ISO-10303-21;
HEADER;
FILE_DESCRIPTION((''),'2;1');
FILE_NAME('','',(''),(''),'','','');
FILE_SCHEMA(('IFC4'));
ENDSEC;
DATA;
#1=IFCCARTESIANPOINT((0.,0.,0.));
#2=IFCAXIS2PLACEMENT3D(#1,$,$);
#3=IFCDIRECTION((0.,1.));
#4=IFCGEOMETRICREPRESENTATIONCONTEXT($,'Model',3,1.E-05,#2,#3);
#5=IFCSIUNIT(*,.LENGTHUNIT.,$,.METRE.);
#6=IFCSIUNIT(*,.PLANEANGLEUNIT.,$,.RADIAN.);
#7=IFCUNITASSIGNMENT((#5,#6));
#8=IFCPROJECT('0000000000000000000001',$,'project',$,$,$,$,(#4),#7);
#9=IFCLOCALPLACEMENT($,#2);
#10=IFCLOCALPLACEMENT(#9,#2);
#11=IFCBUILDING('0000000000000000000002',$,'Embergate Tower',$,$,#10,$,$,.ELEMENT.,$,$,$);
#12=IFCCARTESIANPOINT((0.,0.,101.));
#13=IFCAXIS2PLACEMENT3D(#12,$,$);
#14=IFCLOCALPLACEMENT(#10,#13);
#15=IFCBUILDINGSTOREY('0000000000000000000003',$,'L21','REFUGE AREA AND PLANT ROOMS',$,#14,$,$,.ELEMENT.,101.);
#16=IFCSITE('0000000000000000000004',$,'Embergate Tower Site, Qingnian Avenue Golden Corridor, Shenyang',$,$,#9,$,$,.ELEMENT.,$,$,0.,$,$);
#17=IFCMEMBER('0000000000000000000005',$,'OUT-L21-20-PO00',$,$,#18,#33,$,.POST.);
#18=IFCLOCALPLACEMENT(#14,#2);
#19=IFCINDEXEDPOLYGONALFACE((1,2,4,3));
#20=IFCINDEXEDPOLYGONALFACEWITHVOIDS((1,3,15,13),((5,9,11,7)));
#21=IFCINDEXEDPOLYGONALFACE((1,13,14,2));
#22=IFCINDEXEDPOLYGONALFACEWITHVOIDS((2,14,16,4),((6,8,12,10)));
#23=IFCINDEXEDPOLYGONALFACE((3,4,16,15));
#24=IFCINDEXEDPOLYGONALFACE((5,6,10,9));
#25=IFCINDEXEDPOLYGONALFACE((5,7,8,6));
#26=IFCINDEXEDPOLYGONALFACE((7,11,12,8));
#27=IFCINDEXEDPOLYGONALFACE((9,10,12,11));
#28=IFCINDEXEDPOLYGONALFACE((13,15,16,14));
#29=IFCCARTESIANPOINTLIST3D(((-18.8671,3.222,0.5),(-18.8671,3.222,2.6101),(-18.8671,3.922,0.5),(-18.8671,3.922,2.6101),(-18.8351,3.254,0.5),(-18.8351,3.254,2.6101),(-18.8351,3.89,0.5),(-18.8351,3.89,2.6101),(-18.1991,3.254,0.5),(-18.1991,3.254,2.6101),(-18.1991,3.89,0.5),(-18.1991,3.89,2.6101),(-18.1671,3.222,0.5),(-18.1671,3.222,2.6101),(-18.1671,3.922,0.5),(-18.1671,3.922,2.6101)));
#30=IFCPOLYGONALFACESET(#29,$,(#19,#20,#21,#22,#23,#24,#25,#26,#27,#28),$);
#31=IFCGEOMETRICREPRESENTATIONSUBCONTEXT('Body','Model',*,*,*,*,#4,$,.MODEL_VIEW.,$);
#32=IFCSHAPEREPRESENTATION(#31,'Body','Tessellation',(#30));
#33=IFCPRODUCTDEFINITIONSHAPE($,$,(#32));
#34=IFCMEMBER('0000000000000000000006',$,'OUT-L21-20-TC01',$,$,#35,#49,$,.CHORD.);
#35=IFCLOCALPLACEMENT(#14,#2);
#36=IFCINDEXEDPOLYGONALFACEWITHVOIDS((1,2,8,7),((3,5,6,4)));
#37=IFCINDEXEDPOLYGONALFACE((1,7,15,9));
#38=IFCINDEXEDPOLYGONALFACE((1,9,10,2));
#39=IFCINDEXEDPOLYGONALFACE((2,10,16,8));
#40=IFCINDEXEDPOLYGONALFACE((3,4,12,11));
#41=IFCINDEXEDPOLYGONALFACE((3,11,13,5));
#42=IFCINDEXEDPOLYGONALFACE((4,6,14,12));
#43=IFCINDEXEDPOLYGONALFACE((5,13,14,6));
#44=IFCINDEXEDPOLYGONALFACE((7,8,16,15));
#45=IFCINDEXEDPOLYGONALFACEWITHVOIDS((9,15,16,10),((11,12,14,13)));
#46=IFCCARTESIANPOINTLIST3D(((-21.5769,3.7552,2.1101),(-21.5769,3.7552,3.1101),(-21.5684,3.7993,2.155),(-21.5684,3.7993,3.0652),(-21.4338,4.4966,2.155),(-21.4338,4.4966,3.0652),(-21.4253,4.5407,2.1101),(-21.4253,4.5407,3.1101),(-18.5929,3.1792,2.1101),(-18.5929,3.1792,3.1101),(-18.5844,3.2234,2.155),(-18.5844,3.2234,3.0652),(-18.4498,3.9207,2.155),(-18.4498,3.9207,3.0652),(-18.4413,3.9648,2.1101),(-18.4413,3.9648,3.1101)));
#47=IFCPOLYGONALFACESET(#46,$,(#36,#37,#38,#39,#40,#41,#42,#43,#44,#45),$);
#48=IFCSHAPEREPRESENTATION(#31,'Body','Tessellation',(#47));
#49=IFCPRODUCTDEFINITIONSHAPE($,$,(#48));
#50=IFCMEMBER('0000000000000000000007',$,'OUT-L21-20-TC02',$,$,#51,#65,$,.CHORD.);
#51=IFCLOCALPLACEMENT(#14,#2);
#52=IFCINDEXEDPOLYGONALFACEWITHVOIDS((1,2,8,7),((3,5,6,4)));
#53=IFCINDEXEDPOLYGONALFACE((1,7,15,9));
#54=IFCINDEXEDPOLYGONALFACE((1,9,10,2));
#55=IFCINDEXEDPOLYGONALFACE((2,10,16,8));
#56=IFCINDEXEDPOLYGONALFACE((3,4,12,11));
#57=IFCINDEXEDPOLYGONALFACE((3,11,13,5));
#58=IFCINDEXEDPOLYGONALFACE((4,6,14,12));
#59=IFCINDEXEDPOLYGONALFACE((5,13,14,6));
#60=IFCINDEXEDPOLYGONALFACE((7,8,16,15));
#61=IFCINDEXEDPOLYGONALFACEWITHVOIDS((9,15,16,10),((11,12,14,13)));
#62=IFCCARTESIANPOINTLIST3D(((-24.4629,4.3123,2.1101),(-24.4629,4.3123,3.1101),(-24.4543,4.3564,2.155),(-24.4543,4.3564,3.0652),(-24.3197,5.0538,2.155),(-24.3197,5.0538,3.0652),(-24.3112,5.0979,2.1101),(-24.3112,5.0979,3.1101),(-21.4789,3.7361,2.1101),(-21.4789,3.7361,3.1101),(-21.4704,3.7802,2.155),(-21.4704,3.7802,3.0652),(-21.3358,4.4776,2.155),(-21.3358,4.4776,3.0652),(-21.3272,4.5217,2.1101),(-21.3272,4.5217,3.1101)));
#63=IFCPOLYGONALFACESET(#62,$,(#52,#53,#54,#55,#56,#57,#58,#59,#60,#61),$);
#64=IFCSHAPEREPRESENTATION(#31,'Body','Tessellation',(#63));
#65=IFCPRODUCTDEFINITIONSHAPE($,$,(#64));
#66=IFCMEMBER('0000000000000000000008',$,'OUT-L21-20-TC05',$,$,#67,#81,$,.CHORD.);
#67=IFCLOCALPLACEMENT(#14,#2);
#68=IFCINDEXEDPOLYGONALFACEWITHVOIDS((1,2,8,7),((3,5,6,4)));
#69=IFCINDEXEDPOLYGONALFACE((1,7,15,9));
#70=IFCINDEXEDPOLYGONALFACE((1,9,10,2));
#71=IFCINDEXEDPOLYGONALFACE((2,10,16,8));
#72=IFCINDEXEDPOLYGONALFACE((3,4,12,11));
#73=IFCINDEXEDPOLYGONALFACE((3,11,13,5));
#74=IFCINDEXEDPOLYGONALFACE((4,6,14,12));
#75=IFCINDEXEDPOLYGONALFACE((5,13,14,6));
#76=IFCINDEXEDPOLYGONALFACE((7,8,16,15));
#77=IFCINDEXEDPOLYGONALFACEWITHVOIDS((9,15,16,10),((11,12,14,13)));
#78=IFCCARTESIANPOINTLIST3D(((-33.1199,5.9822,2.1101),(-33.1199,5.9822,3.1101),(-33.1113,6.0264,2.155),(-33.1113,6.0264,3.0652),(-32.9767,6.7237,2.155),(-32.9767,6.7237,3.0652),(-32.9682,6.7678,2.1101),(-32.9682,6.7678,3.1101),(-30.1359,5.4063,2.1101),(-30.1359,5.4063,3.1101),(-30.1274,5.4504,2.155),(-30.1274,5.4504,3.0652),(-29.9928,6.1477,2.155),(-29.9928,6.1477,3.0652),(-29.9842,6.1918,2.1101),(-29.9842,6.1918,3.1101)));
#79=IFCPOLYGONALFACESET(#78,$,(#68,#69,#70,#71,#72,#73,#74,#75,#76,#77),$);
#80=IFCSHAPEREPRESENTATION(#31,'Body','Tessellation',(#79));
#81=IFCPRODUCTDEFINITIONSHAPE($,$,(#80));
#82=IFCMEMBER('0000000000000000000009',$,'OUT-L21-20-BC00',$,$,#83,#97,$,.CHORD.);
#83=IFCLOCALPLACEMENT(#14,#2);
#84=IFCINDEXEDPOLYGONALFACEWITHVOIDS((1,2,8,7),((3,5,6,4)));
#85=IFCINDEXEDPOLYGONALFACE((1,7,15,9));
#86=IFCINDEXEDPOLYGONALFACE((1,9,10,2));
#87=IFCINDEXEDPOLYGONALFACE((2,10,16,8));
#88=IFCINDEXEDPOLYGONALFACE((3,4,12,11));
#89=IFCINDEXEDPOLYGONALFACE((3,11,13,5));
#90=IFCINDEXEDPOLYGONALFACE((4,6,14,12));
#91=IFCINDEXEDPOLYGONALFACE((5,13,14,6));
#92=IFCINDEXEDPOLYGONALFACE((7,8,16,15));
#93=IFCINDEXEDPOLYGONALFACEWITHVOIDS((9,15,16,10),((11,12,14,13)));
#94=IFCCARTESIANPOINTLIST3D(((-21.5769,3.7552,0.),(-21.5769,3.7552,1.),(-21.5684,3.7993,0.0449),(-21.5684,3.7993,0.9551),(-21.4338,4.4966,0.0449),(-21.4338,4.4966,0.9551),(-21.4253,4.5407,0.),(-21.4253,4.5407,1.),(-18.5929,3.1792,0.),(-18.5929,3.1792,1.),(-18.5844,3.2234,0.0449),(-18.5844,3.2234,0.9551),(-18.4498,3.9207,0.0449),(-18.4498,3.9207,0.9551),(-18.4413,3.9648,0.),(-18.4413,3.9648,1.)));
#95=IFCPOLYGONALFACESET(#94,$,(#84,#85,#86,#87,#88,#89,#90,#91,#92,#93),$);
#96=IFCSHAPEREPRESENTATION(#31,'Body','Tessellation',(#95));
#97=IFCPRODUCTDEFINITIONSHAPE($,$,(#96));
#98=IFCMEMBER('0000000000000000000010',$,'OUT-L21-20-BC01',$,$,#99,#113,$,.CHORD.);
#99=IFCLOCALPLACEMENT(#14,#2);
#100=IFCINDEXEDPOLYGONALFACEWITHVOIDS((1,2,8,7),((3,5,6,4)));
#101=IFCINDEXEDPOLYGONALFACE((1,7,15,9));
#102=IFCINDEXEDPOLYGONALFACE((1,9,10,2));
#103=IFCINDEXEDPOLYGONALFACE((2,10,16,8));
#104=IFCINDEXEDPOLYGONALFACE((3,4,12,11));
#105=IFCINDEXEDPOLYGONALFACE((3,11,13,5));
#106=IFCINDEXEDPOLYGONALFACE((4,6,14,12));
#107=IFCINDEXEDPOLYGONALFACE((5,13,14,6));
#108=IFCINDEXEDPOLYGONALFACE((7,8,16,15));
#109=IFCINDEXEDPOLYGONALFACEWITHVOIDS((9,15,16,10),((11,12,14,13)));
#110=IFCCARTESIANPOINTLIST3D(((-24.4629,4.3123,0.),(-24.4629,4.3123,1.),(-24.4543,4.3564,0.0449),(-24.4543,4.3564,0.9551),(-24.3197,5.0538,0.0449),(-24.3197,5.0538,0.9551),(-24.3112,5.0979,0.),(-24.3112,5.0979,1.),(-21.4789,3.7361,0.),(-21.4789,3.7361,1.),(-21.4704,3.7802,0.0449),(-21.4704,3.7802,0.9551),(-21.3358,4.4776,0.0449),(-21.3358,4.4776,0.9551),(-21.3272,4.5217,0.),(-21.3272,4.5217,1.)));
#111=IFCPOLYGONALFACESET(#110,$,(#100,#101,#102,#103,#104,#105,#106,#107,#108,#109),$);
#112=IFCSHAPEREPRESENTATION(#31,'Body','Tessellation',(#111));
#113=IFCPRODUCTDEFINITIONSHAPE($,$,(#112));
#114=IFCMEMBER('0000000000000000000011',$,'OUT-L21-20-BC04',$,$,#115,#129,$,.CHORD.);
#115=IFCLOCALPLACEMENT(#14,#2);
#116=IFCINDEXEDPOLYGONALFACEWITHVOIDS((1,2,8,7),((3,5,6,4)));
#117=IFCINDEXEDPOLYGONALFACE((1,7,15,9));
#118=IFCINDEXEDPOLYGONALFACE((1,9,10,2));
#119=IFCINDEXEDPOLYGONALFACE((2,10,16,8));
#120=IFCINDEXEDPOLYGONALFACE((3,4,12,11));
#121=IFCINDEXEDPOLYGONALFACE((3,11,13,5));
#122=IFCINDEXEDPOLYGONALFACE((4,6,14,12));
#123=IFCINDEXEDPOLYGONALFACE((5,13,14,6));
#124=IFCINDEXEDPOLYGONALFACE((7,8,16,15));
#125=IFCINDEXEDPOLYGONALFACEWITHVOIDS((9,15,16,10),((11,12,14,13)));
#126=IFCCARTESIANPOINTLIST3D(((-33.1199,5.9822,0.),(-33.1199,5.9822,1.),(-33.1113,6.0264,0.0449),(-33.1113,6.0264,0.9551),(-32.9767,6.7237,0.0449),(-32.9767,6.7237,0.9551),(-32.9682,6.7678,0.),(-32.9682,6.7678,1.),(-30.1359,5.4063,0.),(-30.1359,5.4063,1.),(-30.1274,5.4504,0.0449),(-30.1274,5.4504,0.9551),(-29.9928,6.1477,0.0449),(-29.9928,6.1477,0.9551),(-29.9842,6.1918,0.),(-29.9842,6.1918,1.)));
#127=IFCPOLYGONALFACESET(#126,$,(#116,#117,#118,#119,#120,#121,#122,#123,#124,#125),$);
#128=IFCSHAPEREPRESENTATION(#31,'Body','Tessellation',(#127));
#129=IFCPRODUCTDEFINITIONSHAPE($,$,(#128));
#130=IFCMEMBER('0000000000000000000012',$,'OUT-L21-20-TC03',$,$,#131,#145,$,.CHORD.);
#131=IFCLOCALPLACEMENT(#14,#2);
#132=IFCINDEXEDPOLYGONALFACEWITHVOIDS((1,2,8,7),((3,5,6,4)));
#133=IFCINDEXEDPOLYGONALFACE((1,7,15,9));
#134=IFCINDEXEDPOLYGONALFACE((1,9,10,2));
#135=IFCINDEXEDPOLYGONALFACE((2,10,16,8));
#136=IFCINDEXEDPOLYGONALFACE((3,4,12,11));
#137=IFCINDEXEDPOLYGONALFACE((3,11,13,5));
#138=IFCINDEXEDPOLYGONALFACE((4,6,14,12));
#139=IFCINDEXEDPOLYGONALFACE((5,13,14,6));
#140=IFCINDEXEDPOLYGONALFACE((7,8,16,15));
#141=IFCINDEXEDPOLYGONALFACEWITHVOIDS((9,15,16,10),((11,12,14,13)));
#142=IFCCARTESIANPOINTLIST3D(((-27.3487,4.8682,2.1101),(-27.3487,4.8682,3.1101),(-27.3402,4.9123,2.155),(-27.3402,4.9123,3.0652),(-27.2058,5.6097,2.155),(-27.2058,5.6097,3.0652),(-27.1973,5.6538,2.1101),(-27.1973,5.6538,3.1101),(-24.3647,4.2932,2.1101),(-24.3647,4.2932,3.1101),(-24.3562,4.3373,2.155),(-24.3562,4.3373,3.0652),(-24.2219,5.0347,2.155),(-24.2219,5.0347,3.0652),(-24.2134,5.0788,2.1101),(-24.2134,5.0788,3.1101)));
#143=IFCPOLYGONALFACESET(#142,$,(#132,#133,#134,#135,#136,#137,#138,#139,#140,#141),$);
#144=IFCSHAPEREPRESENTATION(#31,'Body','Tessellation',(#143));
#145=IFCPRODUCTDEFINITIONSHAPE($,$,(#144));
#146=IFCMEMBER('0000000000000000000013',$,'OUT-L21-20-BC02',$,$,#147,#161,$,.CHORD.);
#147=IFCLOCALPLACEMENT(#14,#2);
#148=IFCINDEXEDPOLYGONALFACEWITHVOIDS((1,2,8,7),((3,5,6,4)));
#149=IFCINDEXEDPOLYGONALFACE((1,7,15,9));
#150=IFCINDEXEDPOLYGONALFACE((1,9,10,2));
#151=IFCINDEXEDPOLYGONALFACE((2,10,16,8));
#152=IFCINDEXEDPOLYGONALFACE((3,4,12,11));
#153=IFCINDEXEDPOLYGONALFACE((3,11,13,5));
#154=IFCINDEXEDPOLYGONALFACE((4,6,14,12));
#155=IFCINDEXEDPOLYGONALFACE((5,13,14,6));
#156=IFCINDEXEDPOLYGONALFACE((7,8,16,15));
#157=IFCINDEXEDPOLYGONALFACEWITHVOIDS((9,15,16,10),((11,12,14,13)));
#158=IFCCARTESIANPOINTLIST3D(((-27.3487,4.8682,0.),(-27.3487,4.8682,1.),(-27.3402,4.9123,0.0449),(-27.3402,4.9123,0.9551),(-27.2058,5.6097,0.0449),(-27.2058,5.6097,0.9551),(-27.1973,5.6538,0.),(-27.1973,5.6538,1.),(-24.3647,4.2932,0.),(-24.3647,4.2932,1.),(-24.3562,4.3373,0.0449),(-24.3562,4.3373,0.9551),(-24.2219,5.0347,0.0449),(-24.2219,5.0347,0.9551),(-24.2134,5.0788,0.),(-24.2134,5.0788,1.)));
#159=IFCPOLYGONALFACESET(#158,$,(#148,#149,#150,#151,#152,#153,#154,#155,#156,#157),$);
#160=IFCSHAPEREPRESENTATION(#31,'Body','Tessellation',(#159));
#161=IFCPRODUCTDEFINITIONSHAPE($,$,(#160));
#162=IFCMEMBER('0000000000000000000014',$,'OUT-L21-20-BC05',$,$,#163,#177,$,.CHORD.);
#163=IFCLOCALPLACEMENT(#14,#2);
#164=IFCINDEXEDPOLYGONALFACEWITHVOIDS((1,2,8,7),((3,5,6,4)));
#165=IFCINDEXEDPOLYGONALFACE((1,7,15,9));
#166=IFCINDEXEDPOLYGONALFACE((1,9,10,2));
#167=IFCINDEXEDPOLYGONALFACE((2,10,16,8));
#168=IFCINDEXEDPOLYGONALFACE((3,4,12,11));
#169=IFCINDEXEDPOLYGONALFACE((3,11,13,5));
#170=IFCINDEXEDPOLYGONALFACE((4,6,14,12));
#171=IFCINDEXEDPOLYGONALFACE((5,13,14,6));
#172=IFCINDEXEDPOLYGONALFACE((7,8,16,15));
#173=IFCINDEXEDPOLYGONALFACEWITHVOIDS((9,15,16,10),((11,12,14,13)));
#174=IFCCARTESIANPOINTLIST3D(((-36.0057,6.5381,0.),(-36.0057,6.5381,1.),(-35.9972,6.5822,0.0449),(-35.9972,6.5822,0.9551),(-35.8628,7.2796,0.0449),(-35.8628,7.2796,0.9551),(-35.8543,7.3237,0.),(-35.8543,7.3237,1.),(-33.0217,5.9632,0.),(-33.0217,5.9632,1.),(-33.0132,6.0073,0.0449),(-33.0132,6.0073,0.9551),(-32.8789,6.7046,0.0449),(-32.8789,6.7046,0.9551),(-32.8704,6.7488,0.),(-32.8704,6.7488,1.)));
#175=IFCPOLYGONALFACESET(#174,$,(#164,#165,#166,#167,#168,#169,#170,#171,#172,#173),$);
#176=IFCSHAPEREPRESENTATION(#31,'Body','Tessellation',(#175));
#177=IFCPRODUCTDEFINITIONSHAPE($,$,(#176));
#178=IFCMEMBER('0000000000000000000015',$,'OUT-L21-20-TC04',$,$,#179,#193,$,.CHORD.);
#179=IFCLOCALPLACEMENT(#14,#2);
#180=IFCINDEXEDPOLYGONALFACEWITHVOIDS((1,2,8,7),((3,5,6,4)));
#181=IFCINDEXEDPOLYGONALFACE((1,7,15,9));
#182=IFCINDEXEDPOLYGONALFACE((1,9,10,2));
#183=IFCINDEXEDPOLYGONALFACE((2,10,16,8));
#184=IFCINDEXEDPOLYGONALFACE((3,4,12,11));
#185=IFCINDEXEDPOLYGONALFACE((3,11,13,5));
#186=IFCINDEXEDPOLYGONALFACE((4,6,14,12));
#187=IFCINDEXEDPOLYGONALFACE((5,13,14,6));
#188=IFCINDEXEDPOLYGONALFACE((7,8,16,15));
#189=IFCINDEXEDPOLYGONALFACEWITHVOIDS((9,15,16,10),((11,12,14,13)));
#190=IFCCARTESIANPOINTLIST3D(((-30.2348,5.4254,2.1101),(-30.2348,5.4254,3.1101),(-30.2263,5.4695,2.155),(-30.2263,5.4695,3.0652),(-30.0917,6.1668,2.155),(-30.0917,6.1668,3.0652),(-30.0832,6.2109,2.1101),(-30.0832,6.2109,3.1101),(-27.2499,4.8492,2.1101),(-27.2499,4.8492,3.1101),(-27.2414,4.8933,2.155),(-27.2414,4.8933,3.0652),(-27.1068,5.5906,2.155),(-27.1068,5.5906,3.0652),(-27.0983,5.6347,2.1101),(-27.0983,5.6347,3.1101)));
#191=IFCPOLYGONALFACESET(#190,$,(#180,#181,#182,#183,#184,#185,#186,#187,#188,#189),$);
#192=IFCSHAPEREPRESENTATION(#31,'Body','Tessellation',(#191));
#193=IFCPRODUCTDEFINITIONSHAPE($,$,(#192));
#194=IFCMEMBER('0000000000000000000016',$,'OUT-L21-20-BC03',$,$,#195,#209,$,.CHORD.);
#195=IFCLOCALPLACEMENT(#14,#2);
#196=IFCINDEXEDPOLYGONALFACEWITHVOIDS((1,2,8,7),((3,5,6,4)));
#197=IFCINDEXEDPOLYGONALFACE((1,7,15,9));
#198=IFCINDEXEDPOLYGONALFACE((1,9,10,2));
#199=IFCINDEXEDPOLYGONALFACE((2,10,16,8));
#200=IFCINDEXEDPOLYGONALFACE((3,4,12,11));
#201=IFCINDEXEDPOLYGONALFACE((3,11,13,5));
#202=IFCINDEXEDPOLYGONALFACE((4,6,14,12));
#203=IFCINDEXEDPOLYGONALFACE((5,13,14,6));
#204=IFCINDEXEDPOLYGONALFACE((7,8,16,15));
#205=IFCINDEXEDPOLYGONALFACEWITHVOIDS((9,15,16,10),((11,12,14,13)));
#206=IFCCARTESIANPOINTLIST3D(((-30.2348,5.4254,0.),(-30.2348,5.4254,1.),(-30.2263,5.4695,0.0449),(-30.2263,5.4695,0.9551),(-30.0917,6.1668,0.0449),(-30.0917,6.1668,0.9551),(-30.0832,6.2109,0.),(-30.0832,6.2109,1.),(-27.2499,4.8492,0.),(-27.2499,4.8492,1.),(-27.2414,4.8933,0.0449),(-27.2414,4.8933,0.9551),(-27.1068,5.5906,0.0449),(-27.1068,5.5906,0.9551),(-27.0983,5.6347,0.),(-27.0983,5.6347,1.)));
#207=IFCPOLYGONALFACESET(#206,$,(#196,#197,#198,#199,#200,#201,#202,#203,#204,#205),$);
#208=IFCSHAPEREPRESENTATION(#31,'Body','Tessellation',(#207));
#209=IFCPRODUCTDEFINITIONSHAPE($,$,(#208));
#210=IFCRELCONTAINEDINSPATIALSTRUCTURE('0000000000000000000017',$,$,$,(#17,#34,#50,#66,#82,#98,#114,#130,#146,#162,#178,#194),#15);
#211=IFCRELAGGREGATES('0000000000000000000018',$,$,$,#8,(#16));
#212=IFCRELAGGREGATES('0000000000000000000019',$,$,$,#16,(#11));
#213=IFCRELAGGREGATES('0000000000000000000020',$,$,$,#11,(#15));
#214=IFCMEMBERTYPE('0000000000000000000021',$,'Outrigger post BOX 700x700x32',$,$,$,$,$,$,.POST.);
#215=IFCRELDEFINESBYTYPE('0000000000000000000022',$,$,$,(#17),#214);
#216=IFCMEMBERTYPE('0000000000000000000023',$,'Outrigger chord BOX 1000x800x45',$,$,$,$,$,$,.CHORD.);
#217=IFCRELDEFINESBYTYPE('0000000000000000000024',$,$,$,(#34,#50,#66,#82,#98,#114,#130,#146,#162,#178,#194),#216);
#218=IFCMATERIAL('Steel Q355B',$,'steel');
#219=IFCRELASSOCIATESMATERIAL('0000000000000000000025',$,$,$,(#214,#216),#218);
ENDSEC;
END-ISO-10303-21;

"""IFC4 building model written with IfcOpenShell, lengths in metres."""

from ifc_helpers import new_model, si_unit, direction, frame, origin, origin_2d, place, context, subcontext, project, spatial, hollow_rectangle, extrude, source, transform, mapped, material, material_profile, profile_set, type_object, element, save


model = new_model("IFC4")

# Units and contexts
model_context = context("Model", 3, precision=1e-05, world=origin(), true_north=direction((0.0, 1.0)))
body_context = subcontext(model_context, "Body", "Model", "MODEL_VIEW")
ifc_project = project(units=[si_unit("LENGTHUNIT", "METRE"), si_unit("PLANEANGLEUNIT", "RADIAN")], contexts=[model_context])

# Site, building, storey
site_placement = place(None, origin())
site = spatial("IfcSite", under=ifc_project, at=site_placement, Name="Embergate Tower Site, Qingnian Avenue Golden Corridor, Shenyang", CompositionType="ELEMENT", RefElevation=0.0)
building_placement = place(site_placement, origin())
building = spatial("IfcBuilding", under=site, at=building_placement, Name="Embergate Tower", CompositionType="ELEMENT")
storey_placement = place(building_placement, frame((0.0, 0.0, 101.0)))
storey = spatial("IfcBuildingStorey", under=building, at=storey_placement, Name="L21", Description="REFUGE AREA AND PLANT ROOMS", CompositionType="ELEMENT", Elevation=101.0)

# Members
ifc_material = material(Name="Steel Q355B", Category="steel")
ifc_material_profile_1 = material_profile(ifc_material, hollow_rectangle(XDim=0.7, YDim=0.7, WallThickness=0.032, at=origin_2d()), Name="BOX 700x700x32")
ifc_profile_set_1 = profile_set([ifc_material_profile_1], Name="Steel Q355 grade B")
member_type_1 = type_object("IfcMemberType", Name="Outrigger post BOX 700x700x32", PredefinedType="POST", material=ifc_profile_set_1)
shared_shape_1 = source(origin(), body_context, "Body", "SweptSolid", [
    extrude(hollow_rectangle(XDim=0.7, YDim=0.7, WallThickness=0.032, at=origin_2d()), origin(), (0.0, 0.0, 1.0), 2.1101),
])
member_1_placement = place(storey_placement, frame((-18.5171, 3.572, 0.5), z_axis=(0.0, 0.0, 1.0), x_axis=(1.0, 0.0, 0.0)))
element("IfcMember", 1, at=member_1_placement, inside=storey, type_object=member_type_1, Name="OUT-L21-20-PO00", PredefinedType="POST", context=body_context, shape_type="MappedRepresentation", body=[
    mapped(shared_shape_1, transform((0.0, 0.0, 0.0))),
])
ifc_material_profile_2 = material_profile(ifc_material, hollow_rectangle(XDim=0.8, YDim=1.0, WallThickness=0.0449, at=origin_2d()), Name="BOX 1000x800x45")
ifc_profile_set_2 = profile_set([ifc_material_profile_2], Name="Steel Q355 grade B")
member_type_2 = type_object("IfcMemberType", Name="Outrigger chord BOX 1000x800x45", PredefinedType="CHORD", material=ifc_profile_set_2)
shared_shape_2 = source(origin(), body_context, "Body", "SweptSolid", [
    extrude(hollow_rectangle(XDim=0.8, YDim=1.0, WallThickness=0.0449, at=origin_2d()), origin(), (0.0, 0.0, 1.0), 3.0391),
])
for number, where, z_axis, x_axis, name in (
    (2, (-18.5171, 3.572, 2.6101), (-0.981878, 0.189515, 0.0), (-0.189515, -0.981878, 0.0), "OUT-L21-20-TC01"),
    (3, (-21.4031, 4.1289, 2.6101), (-0.981863, 0.189592, 0.0), (-0.189592, -0.981863, 0.0), "OUT-L21-20-TC02"),
    (4, (-30.0601, 5.7991, 2.6101), (-0.981878, 0.189515, 0.0), (-0.189515, -0.981878, 0.0), "OUT-L21-20-TC05"),
    (5, (-18.5171, 3.572, 0.5), (-0.981878, 0.189515, 0.0), (-0.189515, -0.981878, 0.0), "OUT-L21-20-BC00"),
    (6, (-21.4031, 4.1289, 0.5), (-0.981863, 0.189592, 0.0), (-0.189592, -0.981863, 0.0), "OUT-L21-20-BC01"),
    (7, (-30.0601, 5.7991, 0.5), (-0.981878, 0.189515, 0.0), (-0.189515, -0.981878, 0.0), "OUT-L21-20-BC04"),
):
    element("IfcMember", number, at=place(storey_placement, frame(where, z_axis=z_axis, x_axis=x_axis)), inside=storey, type_object=member_type_2, Name=name, PredefinedType="CHORD", context=body_context, shape_type="MappedRepresentation", body=[
        mapped(shared_shape_2, transform((0.0, 0.0, 0.0))),
    ])
shared_shape_3 = source(origin(), body_context, "Body", "SweptSolid", [
    extrude(hollow_rectangle(XDim=0.8, YDim=1.0, WallThickness=0.0449, at=origin_2d()), origin(), (0.0, 0.0, 1.0), 3.0388),
])
for number, where, z_axis, x_axis, name in (
    (8, (-24.2891, 4.686, 2.6101), (-0.981938, 0.189205, 0.0), (-0.189205, -0.981938, 0.0), "OUT-L21-20-TC03"),
    (9, (-24.2891, 4.686, 0.5), (-0.981938, 0.189205, 0.0), (-0.189205, -0.981938, 0.0), "OUT-L21-20-BC02"),
    (10, (-32.946, 6.356, 0.5), (-0.981938, 0.189205, 0.0), (-0.189205, -0.981938, 0.0), "OUT-L21-20-BC05"),
):
    element("IfcMember", number, at=place(storey_placement, frame(where, z_axis=z_axis, x_axis=x_axis)), inside=storey, type_object=member_type_2, Name=name, PredefinedType="CHORD", context=body_context, shape_type="MappedRepresentation", body=[
        mapped(shared_shape_3, transform((0.0, 0.0, 0.0))),
    ])
shared_shape_4 = source(origin(), body_context, "Body", "SweptSolid", [
    extrude(hollow_rectangle(XDim=0.8, YDim=1.0, WallThickness=0.0449, at=origin_2d()), origin(), (0.0, 0.0, 1.0), 3.04),
])
for number, where, z_axis, x_axis, name in (
    (11, (-27.1741, 5.2419, 2.6101), (-0.981874, 0.189532, 0.0), (-0.189532, -0.981874, 0.0), "OUT-L21-20-TC04"),
    (12, (-27.1741, 5.2419, 0.5), (-0.981874, 0.189532, 0.0), (-0.189532, -0.981874, 0.0), "OUT-L21-20-BC03"),
):
    element("IfcMember", number, at=place(storey_placement, frame(where, z_axis=z_axis, x_axis=x_axis)), inside=storey, type_object=member_type_2, Name=name, PredefinedType="CHORD", context=body_context, shape_type="MappedRepresentation", body=[
        mapped(shared_shape_4, transform((0.0, 0.0, 0.0))),
    ])

save(model, "model.ifc")
